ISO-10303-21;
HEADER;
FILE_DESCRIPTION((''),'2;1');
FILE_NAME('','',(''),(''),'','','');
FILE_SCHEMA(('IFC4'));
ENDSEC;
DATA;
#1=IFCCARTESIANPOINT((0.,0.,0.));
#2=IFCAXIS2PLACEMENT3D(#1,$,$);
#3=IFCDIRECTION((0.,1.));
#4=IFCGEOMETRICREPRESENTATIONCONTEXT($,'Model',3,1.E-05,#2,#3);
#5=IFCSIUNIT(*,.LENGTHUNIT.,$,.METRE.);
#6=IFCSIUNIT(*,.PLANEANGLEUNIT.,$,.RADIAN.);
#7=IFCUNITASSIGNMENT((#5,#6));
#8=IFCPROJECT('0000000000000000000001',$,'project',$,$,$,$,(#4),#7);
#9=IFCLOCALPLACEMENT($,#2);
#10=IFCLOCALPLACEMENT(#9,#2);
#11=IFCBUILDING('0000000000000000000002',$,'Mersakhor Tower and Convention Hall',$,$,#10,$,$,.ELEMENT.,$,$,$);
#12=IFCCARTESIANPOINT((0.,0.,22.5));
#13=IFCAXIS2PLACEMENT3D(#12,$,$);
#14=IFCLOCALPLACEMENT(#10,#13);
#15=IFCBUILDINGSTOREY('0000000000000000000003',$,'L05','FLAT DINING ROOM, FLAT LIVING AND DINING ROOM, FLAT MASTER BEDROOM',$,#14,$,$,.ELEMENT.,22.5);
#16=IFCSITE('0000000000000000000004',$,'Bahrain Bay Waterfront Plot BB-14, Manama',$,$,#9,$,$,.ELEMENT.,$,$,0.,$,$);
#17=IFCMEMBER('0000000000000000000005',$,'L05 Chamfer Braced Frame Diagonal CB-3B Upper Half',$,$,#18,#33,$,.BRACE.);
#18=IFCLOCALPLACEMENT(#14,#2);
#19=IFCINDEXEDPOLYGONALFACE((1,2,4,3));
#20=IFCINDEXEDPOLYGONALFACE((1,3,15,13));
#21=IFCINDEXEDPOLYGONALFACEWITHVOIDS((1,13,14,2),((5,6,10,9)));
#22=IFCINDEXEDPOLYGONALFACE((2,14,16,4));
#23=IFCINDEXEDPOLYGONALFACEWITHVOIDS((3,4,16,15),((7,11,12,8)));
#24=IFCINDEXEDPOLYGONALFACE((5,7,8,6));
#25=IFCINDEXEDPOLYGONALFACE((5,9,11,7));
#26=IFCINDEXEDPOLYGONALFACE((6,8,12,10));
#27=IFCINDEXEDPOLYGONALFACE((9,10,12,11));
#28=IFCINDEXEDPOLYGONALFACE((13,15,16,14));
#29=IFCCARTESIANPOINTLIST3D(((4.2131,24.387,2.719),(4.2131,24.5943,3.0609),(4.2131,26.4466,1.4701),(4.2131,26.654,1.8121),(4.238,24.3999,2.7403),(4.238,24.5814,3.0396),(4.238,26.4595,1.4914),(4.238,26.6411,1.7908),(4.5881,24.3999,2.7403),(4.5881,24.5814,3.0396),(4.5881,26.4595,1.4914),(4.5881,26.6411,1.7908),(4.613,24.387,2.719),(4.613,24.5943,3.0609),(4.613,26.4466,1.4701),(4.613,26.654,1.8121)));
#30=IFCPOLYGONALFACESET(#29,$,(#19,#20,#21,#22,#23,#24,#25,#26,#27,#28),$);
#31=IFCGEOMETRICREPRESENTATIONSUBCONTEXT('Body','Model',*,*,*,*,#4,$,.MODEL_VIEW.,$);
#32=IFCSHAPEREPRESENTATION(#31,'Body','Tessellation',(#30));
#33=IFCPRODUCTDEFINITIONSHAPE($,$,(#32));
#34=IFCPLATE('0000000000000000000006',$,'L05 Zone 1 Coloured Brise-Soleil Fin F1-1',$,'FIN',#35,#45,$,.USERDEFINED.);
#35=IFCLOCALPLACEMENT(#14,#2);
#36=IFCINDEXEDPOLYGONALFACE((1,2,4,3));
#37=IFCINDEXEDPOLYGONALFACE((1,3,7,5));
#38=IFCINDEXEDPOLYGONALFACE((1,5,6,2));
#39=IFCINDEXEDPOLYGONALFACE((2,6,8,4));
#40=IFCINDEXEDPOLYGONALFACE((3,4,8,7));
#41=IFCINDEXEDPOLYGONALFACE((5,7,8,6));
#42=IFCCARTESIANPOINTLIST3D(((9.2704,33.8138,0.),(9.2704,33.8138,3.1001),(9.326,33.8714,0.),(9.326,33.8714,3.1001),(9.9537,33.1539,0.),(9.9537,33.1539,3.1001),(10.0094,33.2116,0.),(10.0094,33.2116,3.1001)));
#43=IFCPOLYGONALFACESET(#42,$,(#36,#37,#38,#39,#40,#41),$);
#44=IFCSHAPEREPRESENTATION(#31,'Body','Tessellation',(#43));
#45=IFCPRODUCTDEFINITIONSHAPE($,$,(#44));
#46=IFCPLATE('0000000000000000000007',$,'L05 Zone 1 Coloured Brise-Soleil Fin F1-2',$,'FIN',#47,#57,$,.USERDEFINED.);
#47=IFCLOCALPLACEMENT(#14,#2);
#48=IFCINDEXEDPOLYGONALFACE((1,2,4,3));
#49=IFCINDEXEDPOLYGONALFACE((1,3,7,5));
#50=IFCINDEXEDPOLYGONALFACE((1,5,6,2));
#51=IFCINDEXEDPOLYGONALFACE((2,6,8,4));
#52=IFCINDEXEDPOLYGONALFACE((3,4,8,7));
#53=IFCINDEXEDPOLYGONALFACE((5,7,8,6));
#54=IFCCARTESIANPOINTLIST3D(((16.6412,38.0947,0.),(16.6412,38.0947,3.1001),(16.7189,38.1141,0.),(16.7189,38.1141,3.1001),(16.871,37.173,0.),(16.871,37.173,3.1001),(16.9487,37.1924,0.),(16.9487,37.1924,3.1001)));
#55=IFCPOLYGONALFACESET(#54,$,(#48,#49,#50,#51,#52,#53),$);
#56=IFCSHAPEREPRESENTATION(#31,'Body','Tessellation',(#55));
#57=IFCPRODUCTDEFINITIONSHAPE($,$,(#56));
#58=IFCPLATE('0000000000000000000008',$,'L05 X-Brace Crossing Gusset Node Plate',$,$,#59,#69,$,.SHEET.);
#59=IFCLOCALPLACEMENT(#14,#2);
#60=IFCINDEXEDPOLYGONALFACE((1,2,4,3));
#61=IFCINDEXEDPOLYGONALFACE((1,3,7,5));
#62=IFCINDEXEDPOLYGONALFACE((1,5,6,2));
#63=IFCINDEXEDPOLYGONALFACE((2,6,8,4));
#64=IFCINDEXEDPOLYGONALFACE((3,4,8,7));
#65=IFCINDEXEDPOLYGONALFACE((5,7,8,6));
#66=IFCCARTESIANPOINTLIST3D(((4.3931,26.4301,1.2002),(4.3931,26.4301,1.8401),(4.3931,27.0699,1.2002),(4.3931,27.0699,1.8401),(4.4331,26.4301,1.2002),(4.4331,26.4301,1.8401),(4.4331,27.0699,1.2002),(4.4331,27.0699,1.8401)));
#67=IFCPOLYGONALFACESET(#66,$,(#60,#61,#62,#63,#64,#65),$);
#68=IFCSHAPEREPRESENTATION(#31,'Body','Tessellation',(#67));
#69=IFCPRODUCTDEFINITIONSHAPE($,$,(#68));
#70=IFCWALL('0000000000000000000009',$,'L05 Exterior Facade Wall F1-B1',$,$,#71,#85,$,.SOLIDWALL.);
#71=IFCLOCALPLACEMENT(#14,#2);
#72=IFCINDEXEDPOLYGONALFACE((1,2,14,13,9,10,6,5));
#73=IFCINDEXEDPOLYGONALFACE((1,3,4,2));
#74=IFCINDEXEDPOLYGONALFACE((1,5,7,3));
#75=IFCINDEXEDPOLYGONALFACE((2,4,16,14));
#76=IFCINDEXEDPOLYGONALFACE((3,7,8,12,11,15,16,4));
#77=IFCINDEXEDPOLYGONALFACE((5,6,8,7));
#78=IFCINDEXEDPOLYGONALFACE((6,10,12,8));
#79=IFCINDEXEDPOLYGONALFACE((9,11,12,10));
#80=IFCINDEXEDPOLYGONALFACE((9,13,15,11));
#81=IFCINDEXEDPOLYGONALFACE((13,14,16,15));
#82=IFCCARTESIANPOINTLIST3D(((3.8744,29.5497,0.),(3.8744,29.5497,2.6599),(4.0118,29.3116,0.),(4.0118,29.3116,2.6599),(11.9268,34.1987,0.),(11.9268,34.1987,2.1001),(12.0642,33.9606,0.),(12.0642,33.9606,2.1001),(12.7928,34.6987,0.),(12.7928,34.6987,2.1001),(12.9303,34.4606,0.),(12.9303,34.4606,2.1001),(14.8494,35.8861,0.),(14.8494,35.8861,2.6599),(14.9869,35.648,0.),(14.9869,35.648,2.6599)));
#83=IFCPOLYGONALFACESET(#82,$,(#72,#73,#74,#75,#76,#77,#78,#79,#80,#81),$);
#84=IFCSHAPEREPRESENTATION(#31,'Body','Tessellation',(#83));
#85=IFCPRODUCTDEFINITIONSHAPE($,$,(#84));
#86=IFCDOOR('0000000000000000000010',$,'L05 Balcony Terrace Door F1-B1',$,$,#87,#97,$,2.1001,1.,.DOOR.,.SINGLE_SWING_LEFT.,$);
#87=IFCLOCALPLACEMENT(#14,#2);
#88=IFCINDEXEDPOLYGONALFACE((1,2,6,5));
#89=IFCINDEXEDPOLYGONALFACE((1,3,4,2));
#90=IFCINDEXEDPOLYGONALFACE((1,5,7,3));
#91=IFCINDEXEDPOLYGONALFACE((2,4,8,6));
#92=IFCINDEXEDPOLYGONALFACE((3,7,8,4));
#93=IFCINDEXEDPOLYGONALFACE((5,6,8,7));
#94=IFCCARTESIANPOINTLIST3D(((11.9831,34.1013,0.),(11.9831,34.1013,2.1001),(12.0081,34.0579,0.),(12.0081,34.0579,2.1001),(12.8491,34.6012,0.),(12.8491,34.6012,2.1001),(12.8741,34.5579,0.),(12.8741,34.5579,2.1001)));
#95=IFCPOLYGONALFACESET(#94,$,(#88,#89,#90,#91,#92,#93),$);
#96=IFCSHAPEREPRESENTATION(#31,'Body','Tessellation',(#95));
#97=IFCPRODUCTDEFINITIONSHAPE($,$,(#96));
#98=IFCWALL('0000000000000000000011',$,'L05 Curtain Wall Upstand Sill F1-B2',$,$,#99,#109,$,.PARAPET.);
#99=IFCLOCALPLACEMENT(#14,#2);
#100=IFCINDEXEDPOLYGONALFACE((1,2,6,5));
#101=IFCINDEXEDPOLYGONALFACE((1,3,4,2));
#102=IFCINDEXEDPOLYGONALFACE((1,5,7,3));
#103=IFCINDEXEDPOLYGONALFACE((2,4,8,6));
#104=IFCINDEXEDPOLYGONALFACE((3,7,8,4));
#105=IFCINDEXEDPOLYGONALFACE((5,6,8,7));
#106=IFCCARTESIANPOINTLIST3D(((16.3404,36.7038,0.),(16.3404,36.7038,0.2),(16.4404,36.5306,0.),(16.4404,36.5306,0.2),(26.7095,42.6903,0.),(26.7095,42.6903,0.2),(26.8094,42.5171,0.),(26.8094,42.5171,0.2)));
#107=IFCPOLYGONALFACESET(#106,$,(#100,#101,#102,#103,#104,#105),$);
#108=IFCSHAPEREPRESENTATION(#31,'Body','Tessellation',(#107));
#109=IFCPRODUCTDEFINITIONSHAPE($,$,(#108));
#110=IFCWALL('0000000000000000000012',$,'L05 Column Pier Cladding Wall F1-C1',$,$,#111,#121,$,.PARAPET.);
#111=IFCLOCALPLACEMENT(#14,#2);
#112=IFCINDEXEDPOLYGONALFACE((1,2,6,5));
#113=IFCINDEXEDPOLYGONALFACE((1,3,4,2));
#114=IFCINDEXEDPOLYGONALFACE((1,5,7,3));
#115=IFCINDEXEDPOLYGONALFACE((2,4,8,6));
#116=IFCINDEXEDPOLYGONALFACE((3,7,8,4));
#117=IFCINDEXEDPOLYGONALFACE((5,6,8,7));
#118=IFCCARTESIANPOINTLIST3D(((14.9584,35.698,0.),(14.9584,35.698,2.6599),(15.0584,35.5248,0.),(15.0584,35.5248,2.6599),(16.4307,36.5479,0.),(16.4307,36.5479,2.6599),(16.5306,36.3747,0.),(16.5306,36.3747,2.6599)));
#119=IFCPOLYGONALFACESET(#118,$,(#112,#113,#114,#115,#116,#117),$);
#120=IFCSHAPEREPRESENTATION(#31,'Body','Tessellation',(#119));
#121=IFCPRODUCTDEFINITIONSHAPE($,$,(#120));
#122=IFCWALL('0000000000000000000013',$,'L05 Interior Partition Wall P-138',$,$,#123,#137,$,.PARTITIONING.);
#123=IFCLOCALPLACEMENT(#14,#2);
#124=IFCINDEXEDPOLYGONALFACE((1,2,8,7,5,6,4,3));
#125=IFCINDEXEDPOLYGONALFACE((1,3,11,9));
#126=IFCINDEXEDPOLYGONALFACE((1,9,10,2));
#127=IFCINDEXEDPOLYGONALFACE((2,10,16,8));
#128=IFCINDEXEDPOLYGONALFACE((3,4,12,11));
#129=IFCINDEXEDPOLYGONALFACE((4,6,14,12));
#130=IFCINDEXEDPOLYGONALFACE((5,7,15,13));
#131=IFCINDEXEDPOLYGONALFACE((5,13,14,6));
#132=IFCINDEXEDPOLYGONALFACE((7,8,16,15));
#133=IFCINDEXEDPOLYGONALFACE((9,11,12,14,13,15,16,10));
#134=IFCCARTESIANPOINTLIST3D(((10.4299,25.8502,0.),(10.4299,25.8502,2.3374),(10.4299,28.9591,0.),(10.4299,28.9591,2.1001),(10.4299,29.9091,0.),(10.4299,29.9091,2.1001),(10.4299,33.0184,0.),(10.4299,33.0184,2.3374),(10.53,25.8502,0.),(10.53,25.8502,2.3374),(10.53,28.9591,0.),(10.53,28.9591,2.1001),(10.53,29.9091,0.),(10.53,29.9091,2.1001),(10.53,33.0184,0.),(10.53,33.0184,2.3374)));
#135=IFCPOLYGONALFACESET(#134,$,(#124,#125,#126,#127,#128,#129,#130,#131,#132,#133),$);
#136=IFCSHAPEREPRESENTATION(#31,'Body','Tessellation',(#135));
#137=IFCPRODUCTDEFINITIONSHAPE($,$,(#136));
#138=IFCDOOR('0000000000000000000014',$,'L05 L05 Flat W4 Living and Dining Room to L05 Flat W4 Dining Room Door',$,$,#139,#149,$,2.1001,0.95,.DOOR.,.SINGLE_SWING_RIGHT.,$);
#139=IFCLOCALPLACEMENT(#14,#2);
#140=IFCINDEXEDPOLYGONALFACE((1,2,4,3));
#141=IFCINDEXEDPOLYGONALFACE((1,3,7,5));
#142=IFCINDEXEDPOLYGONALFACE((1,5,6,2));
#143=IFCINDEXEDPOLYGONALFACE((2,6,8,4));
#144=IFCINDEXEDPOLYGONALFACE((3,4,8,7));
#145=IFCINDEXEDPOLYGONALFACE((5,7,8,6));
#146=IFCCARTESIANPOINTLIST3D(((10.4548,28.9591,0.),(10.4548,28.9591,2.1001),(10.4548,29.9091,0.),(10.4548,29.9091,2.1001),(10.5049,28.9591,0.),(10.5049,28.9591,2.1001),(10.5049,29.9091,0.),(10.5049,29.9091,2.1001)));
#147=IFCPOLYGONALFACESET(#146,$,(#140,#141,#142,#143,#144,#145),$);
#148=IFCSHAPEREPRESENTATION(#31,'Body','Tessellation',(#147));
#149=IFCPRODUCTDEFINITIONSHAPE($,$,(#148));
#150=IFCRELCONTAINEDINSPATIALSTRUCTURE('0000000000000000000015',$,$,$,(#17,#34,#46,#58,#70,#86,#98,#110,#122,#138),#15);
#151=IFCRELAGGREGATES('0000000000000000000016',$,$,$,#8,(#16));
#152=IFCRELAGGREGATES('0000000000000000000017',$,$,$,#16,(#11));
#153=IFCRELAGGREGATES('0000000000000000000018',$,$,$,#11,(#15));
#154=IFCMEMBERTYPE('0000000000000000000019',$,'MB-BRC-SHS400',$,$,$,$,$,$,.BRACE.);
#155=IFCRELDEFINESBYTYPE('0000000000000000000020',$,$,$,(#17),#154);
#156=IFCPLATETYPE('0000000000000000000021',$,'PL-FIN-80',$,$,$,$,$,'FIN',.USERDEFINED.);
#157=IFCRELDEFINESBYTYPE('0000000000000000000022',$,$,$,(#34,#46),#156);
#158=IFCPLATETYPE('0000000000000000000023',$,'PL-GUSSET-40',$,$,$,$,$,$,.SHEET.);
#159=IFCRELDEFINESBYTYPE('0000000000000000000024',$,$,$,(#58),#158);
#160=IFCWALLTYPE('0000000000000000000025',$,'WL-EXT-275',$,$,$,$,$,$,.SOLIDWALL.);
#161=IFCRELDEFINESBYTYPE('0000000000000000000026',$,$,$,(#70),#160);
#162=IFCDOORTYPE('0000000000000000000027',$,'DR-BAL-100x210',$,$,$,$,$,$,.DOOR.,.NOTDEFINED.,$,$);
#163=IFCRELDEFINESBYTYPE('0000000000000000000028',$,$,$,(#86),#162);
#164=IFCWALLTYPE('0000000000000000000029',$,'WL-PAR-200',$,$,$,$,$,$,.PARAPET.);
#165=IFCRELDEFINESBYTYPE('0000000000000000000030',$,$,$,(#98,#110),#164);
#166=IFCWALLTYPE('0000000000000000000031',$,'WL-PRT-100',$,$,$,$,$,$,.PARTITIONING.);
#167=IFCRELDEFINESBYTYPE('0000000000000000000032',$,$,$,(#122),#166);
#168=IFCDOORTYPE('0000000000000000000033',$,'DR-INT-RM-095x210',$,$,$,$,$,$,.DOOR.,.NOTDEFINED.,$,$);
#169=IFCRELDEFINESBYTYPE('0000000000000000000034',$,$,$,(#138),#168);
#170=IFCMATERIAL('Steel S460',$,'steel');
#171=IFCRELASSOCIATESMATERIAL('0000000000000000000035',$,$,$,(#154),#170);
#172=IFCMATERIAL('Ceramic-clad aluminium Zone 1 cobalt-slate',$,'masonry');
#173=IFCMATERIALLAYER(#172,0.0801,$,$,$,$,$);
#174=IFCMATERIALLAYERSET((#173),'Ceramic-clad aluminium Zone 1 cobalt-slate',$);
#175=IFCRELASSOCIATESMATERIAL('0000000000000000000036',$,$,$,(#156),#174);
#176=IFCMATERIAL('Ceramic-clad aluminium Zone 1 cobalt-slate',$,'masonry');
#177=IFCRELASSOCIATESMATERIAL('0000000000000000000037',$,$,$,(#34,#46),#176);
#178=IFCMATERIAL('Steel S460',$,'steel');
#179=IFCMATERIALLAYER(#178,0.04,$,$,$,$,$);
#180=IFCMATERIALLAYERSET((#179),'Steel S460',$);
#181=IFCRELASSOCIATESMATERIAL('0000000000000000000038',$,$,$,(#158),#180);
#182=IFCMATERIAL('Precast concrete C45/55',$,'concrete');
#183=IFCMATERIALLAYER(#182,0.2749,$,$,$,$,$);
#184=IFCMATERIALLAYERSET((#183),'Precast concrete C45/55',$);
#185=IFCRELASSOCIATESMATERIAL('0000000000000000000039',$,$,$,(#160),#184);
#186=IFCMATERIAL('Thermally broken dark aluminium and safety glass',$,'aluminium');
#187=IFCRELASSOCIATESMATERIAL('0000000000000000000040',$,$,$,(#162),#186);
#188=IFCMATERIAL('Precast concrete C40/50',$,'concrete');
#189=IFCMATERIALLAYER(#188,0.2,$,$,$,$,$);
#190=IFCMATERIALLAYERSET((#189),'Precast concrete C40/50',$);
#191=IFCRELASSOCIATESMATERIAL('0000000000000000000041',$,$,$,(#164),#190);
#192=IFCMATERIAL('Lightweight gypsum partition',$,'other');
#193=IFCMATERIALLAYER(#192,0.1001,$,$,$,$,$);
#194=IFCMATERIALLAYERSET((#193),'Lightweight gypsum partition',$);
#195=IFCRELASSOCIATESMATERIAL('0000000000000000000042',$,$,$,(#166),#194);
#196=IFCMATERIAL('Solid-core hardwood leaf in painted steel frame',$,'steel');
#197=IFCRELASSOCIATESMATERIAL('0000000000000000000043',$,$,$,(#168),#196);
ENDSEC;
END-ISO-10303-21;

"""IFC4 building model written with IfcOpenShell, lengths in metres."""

from ifc_helpers import new_model, si_unit, direction, frame, frame_2d, origin, origin_2d, place, context, subcontext, project, spatial, rectangle, hollow_rectangle, extrude, material, layer, layer_set, material_profile, profile_set, type_object, element, fill, save


model = new_model("IFC4")

# Units and contexts
model_context = context("Model", 3, precision=1e-05, world=origin(), true_north=direction((0.0, 1.0)))
body_context = subcontext(model_context, "Body", "Model", "MODEL_VIEW")
ifc_project = project(units=[si_unit("LENGTHUNIT", "METRE"), si_unit("PLANEANGLEUNIT", "RADIAN")], contexts=[model_context])

# Site, building, storey
site_placement = place(None, origin())
site = spatial("IfcSite", under=ifc_project, at=site_placement, Name="Bahrain Bay Waterfront Plot BB-14, Manama", CompositionType="ELEMENT", RefElevation=0.0)
building_placement = place(site_placement, origin())
building = spatial("IfcBuilding", under=site, at=building_placement, Name="Mersakhor Tower and Convention Hall", CompositionType="ELEMENT")
storey_placement = place(building_placement, frame((0.0, 0.0, 22.5)))
storey = spatial("IfcBuildingStorey", under=building, at=storey_placement, Name="L05", Description="FLAT DINING ROOM, FLAT LIVING AND DINING ROOM, FLAT MASTER BEDROOM", CompositionType="ELEMENT", Elevation=22.5)

# Member
ifc_material_1 = material(Name="Steel S460", Category="steel")
ifc_material_profile_1 = material_profile(ifc_material_1, hollow_rectangle(XDim=0.3999, YDim=0.3999, WallThickness=0.0249, at=origin_2d()), Name="SHS 400x400x25")
ifc_profile_set_1 = profile_set([ifc_material_profile_1], Name="Steel S460")
member_type_1 = type_object("IfcMemberType", Name="MB-BRC-SHS400", PredefinedType="BRACE", material=ifc_profile_set_1)
for number, where, z_axis, x_axis, name in (
    (1, (4.4131, 26.5503, 1.6411), (0.0, -0.855096, 0.51847), (1.0, 0.0, 0.0), "L05 Chamfer Braced Frame Diagonal CB-3B Upper Half"),
):
    element("IfcMember", number, at=place(storey_placement, frame(where, z_axis=z_axis, x_axis=x_axis)), inside=storey, type_object=member_type_1, Name=name, PredefinedType="BRACE", context=body_context, shape_type="SweptSolid", body=[
        extrude(hollow_rectangle(XDim=0.3999, YDim=0.3999, WallThickness=0.0249, at=origin_2d()), origin(), (0.0, 0.0, 1.0), 2.4087),
    ])

# Plates
ifc_material_2 = material(Name="Ceramic-clad aluminium Zone 1 cobalt-slate", Category="masonry")
ifc_material_3 = material(Name="Ceramic-clad aluminium Zone 1 cobalt-slate", Category="masonry")
ifc_layer_1 = layer(ifc_material_3, 0.0801)
ifc_layer_set_1 = layer_set([ifc_layer_1], Name="Ceramic-clad aluminium Zone 1 cobalt-slate")
plate_type_1 = type_object("IfcPlateType", Name="PL-FIN-80", ElementType="FIN", PredefinedType="USERDEFINED", material=ifc_layer_set_1)
for number, where, z_axis, x_axis, name in (
    (2, (9.6399, 33.5127, 0.0), (0.0, 0.0, 1.0), (-0.71934, 0.694658, 0.0), "L05 Zone 1 Coloured Brise-Soleil Fin F1-1"),
    (3, (16.7949, 37.6436, 0.0), (0.0, 0.0, 1.0), (-0.241922, 0.970296, 0.0), "L05 Zone 1 Coloured Brise-Soleil Fin F1-2"),
):
    element("IfcPlate", number, at=place(storey_placement, frame(where, z_axis=z_axis, x_axis=x_axis)), inside=storey, type_object=plate_type_1, material=ifc_material_2, Name=name, ObjectType="FIN", PredefinedType="USERDEFINED", context=body_context, shape_type="SweptSolid", body=[
        extrude(rectangle(XDim=0.95, YDim=0.0801, at=origin_2d()), origin(), (0.0, 0.0, 1.0), 3.1001),
    ])
ifc_material_4 = material(Name="Steel S460", Category="steel")
ifc_layer_2 = layer(ifc_material_4, 0.04)
ifc_layer_set_2 = layer_set([ifc_layer_2], Name="Steel S460")
plate_type_2 = type_object("IfcPlateType", Name="PL-GUSSET-40", PredefinedType="SHEET", material=ifc_layer_set_2)
plate_placement = place(storey_placement, frame((4.4131, 26.75, 1.2002), z_axis=(0.0, 0.0, 1.0), x_axis=(0.0, -1.0, 0.0)))
element("IfcPlate", 4, at=plate_placement, inside=storey, type_object=plate_type_2, Name="L05 X-Brace Crossing Gusset Node Plate", PredefinedType="SHEET", context=body_context, shape_type="SweptSolid", body=[
    extrude(rectangle(XDim=0.6399, YDim=0.04, at=origin_2d()), origin(), (0.0, 0.0, 1.0), 0.6399),
])

# Wall, opening, door
ifc_material_5 = material(Name="Precast concrete C45/55", Category="concrete")
ifc_layer_3 = layer(ifc_material_5, 0.2749)
ifc_layer_set_3 = layer_set([ifc_layer_3], Name="Precast concrete C45/55")
wall_type_1 = type_object("IfcWallType", Name="WL-EXT-275", PredefinedType="SOLIDWALL", material=ifc_layer_set_3)
wall_1_placement = place(storey_placement, frame((3.9431, 29.4307, 0.0), z_axis=(0.0, 0.0, 1.0), x_axis=(0.866027, 0.499997, 0.0)))
wall_1 = element("IfcWall", 5, at=wall_1_placement, inside=storey, type_object=wall_type_1, Name="L05 Exterior Facade Wall F1-B1", PredefinedType="SOLIDWALL", context=body_context, shape_type="SweptSolid", body=[
    extrude(rectangle(XDim=12.6729, YDim=0.2749, at=frame_2d((6.3364, 0.0))), origin(), (0.0, 0.0, 1.0), 2.6599),
])
opening_1_placement = place(wall_1_placement, frame((9.2981, 0.0, 0.0)))
opening_1 = element("IfcOpeningElement", 6, at=opening_1_placement, cuts=wall_1, PredefinedType="OPENING", context=body_context, shape_type="SweptSolid", body=[
    extrude(rectangle(XDim=1.0, YDim=2.1001, at=frame_2d((0.5, 1.05))), frame((0.0, 0.1475, 0.0), z_axis=(0.0, -1.0, 0.0), x_axis=(1.0, 0.0, 0.0)), (0.0, 0.0, 1.0), 0.2949),
])
ifc_material_6 = material(Name="Thermally broken dark aluminium and safety glass", Category="aluminium")
door_type_1 = type_object("IfcDoorType", Name="DR-BAL-100x210", OperationType="NOTDEFINED", PredefinedType="DOOR", material=ifc_material_6)
door_1_placement = place(opening_1_placement, origin())
door_1 = element("IfcDoor", 7, at=door_1_placement, inside=storey, type_object=door_type_1, Name="L05 Balcony Terrace Door F1-B1", OperationType="SINGLE_SWING_LEFT", OverallHeight=2.1001, OverallWidth=1.0, PredefinedType="DOOR", context=body_context, shape_type="SweptSolid", body=[
    extrude(rectangle(XDim=1.0, YDim=2.1001, at=frame_2d((0.5, 1.05))), frame((0.0, 0.0249, 0.0), z_axis=(0.0, -1.0, 0.0), x_axis=(1.0, 0.0, 0.0)), (0.0, 0.0, 1.0), 0.05),
])
fill(opening_1, door_1)

# Walls
ifc_material_7 = material(Name="Precast concrete C40/50", Category="concrete")
ifc_layer_4 = layer(ifc_material_7, 0.2)
ifc_layer_set_4 = layer_set([ifc_layer_4], Name="Precast concrete C40/50")
wall_type_2 = type_object("IfcWallType", Name="WL-PAR-200", PredefinedType="PARAPET", material=ifc_layer_set_4)
wall_2_placement = place(storey_placement, frame((16.3904, 36.6172, 0.0), z_axis=(0.0, 0.0, 1.0), x_axis=(0.866027, 0.499997, 0.0)))
element("IfcWall", 8, at=wall_2_placement, inside=storey, type_object=wall_type_2, Name="L05 Curtain Wall Upstand Sill F1-B2", PredefinedType="PARAPET", context=body_context, shape_type="SweptSolid", body=[
    extrude(rectangle(XDim=11.9731, YDim=0.2, at=frame_2d((5.9866, 0.0))), origin(), (0.0, 0.0, 1.0), 0.2),
])
wall_3_placement = place(storey_placement, frame((15.0083, 35.6113, 0.0), z_axis=(0.0, 0.0, 1.0), x_axis=(0.866052, 0.499955, 0.0)))
element("IfcWall", 9, at=wall_3_placement, inside=storey, type_object=wall_type_2, Name="L05 Column Pier Cladding Wall F1-C1", PredefinedType="PARAPET", context=body_context, shape_type="SweptSolid", body=[
    extrude(rectangle(XDim=1.7, YDim=0.2, at=frame_2d((0.8501, 0.0))), origin(), (0.0, 0.0, 1.0), 2.6599),
])

# Wall, opening, door
ifc_material_8 = material(Name="Lightweight gypsum partition", Category="other")
ifc_layer_5 = layer(ifc_material_8, 0.1001)
ifc_layer_set_5 = layer_set([ifc_layer_5], Name="Lightweight gypsum partition")
wall_type_3 = type_object("IfcWallType", Name="WL-PRT-100", PredefinedType="PARTITIONING", material=ifc_layer_set_5)
wall_4_placement = place(storey_placement, frame((10.48, 33.0183, 0.0), z_axis=(0.0, 0.0, 1.0), x_axis=(0.0, -1.0, 0.0)))
wall_4 = element("IfcWall", 10, at=wall_4_placement, inside=storey, type_object=wall_type_3, Name="L05 Interior Partition Wall P-138", PredefinedType="PARTITIONING", context=body_context, shape_type="SweptSolid", body=[
    extrude(rectangle(XDim=7.1682, YDim=0.1001, at=frame_2d((3.584, 0.0))), origin(), (0.0, 0.0, 1.0), 2.3374),
])
opening_2_placement = place(wall_4_placement, frame((3.1091, 0.0, 0.0)))
opening_2 = element("IfcOpeningElement", 11, at=opening_2_placement, cuts=wall_4, PredefinedType="OPENING", context=body_context, shape_type="SweptSolid", body=[
    extrude(rectangle(XDim=0.95, YDim=2.1001, at=frame_2d((0.4751, 1.05))), frame((0.0, 0.0601, 0.0), z_axis=(0.0, -1.0, 0.0), x_axis=(1.0, 0.0, 0.0)), (0.0, 0.0, 1.0), 0.1201),
])
ifc_material_9 = material(Name="Solid-core hardwood leaf in painted steel frame", Category="steel")
door_type_2 = type_object("IfcDoorType", Name="DR-INT-RM-095x210", OperationType="NOTDEFINED", PredefinedType="DOOR", material=ifc_material_9)
door_2_placement = place(opening_2_placement, origin())
door_2 = element("IfcDoor", 12, at=door_2_placement, inside=storey, type_object=door_type_2, Name="L05 L05 Flat W4 Living and Dining Room to L05 Flat W4 Dining Room Door", OperationType="SINGLE_SWING_RIGHT", OverallHeight=2.1001, OverallWidth=0.95, PredefinedType="DOOR", context=body_context, shape_type="SweptSolid", body=[
    extrude(rectangle(XDim=0.95, YDim=2.1001, at=frame_2d((0.4751, 1.05))), frame((0.0, 0.0249, 0.0), z_axis=(0.0, -1.0, 0.0), x_axis=(1.0, 0.0, 0.0)), (0.0, 0.0, 1.0), 0.05),
])
fill(opening_2, door_2)

save(model, "model.ifc")
